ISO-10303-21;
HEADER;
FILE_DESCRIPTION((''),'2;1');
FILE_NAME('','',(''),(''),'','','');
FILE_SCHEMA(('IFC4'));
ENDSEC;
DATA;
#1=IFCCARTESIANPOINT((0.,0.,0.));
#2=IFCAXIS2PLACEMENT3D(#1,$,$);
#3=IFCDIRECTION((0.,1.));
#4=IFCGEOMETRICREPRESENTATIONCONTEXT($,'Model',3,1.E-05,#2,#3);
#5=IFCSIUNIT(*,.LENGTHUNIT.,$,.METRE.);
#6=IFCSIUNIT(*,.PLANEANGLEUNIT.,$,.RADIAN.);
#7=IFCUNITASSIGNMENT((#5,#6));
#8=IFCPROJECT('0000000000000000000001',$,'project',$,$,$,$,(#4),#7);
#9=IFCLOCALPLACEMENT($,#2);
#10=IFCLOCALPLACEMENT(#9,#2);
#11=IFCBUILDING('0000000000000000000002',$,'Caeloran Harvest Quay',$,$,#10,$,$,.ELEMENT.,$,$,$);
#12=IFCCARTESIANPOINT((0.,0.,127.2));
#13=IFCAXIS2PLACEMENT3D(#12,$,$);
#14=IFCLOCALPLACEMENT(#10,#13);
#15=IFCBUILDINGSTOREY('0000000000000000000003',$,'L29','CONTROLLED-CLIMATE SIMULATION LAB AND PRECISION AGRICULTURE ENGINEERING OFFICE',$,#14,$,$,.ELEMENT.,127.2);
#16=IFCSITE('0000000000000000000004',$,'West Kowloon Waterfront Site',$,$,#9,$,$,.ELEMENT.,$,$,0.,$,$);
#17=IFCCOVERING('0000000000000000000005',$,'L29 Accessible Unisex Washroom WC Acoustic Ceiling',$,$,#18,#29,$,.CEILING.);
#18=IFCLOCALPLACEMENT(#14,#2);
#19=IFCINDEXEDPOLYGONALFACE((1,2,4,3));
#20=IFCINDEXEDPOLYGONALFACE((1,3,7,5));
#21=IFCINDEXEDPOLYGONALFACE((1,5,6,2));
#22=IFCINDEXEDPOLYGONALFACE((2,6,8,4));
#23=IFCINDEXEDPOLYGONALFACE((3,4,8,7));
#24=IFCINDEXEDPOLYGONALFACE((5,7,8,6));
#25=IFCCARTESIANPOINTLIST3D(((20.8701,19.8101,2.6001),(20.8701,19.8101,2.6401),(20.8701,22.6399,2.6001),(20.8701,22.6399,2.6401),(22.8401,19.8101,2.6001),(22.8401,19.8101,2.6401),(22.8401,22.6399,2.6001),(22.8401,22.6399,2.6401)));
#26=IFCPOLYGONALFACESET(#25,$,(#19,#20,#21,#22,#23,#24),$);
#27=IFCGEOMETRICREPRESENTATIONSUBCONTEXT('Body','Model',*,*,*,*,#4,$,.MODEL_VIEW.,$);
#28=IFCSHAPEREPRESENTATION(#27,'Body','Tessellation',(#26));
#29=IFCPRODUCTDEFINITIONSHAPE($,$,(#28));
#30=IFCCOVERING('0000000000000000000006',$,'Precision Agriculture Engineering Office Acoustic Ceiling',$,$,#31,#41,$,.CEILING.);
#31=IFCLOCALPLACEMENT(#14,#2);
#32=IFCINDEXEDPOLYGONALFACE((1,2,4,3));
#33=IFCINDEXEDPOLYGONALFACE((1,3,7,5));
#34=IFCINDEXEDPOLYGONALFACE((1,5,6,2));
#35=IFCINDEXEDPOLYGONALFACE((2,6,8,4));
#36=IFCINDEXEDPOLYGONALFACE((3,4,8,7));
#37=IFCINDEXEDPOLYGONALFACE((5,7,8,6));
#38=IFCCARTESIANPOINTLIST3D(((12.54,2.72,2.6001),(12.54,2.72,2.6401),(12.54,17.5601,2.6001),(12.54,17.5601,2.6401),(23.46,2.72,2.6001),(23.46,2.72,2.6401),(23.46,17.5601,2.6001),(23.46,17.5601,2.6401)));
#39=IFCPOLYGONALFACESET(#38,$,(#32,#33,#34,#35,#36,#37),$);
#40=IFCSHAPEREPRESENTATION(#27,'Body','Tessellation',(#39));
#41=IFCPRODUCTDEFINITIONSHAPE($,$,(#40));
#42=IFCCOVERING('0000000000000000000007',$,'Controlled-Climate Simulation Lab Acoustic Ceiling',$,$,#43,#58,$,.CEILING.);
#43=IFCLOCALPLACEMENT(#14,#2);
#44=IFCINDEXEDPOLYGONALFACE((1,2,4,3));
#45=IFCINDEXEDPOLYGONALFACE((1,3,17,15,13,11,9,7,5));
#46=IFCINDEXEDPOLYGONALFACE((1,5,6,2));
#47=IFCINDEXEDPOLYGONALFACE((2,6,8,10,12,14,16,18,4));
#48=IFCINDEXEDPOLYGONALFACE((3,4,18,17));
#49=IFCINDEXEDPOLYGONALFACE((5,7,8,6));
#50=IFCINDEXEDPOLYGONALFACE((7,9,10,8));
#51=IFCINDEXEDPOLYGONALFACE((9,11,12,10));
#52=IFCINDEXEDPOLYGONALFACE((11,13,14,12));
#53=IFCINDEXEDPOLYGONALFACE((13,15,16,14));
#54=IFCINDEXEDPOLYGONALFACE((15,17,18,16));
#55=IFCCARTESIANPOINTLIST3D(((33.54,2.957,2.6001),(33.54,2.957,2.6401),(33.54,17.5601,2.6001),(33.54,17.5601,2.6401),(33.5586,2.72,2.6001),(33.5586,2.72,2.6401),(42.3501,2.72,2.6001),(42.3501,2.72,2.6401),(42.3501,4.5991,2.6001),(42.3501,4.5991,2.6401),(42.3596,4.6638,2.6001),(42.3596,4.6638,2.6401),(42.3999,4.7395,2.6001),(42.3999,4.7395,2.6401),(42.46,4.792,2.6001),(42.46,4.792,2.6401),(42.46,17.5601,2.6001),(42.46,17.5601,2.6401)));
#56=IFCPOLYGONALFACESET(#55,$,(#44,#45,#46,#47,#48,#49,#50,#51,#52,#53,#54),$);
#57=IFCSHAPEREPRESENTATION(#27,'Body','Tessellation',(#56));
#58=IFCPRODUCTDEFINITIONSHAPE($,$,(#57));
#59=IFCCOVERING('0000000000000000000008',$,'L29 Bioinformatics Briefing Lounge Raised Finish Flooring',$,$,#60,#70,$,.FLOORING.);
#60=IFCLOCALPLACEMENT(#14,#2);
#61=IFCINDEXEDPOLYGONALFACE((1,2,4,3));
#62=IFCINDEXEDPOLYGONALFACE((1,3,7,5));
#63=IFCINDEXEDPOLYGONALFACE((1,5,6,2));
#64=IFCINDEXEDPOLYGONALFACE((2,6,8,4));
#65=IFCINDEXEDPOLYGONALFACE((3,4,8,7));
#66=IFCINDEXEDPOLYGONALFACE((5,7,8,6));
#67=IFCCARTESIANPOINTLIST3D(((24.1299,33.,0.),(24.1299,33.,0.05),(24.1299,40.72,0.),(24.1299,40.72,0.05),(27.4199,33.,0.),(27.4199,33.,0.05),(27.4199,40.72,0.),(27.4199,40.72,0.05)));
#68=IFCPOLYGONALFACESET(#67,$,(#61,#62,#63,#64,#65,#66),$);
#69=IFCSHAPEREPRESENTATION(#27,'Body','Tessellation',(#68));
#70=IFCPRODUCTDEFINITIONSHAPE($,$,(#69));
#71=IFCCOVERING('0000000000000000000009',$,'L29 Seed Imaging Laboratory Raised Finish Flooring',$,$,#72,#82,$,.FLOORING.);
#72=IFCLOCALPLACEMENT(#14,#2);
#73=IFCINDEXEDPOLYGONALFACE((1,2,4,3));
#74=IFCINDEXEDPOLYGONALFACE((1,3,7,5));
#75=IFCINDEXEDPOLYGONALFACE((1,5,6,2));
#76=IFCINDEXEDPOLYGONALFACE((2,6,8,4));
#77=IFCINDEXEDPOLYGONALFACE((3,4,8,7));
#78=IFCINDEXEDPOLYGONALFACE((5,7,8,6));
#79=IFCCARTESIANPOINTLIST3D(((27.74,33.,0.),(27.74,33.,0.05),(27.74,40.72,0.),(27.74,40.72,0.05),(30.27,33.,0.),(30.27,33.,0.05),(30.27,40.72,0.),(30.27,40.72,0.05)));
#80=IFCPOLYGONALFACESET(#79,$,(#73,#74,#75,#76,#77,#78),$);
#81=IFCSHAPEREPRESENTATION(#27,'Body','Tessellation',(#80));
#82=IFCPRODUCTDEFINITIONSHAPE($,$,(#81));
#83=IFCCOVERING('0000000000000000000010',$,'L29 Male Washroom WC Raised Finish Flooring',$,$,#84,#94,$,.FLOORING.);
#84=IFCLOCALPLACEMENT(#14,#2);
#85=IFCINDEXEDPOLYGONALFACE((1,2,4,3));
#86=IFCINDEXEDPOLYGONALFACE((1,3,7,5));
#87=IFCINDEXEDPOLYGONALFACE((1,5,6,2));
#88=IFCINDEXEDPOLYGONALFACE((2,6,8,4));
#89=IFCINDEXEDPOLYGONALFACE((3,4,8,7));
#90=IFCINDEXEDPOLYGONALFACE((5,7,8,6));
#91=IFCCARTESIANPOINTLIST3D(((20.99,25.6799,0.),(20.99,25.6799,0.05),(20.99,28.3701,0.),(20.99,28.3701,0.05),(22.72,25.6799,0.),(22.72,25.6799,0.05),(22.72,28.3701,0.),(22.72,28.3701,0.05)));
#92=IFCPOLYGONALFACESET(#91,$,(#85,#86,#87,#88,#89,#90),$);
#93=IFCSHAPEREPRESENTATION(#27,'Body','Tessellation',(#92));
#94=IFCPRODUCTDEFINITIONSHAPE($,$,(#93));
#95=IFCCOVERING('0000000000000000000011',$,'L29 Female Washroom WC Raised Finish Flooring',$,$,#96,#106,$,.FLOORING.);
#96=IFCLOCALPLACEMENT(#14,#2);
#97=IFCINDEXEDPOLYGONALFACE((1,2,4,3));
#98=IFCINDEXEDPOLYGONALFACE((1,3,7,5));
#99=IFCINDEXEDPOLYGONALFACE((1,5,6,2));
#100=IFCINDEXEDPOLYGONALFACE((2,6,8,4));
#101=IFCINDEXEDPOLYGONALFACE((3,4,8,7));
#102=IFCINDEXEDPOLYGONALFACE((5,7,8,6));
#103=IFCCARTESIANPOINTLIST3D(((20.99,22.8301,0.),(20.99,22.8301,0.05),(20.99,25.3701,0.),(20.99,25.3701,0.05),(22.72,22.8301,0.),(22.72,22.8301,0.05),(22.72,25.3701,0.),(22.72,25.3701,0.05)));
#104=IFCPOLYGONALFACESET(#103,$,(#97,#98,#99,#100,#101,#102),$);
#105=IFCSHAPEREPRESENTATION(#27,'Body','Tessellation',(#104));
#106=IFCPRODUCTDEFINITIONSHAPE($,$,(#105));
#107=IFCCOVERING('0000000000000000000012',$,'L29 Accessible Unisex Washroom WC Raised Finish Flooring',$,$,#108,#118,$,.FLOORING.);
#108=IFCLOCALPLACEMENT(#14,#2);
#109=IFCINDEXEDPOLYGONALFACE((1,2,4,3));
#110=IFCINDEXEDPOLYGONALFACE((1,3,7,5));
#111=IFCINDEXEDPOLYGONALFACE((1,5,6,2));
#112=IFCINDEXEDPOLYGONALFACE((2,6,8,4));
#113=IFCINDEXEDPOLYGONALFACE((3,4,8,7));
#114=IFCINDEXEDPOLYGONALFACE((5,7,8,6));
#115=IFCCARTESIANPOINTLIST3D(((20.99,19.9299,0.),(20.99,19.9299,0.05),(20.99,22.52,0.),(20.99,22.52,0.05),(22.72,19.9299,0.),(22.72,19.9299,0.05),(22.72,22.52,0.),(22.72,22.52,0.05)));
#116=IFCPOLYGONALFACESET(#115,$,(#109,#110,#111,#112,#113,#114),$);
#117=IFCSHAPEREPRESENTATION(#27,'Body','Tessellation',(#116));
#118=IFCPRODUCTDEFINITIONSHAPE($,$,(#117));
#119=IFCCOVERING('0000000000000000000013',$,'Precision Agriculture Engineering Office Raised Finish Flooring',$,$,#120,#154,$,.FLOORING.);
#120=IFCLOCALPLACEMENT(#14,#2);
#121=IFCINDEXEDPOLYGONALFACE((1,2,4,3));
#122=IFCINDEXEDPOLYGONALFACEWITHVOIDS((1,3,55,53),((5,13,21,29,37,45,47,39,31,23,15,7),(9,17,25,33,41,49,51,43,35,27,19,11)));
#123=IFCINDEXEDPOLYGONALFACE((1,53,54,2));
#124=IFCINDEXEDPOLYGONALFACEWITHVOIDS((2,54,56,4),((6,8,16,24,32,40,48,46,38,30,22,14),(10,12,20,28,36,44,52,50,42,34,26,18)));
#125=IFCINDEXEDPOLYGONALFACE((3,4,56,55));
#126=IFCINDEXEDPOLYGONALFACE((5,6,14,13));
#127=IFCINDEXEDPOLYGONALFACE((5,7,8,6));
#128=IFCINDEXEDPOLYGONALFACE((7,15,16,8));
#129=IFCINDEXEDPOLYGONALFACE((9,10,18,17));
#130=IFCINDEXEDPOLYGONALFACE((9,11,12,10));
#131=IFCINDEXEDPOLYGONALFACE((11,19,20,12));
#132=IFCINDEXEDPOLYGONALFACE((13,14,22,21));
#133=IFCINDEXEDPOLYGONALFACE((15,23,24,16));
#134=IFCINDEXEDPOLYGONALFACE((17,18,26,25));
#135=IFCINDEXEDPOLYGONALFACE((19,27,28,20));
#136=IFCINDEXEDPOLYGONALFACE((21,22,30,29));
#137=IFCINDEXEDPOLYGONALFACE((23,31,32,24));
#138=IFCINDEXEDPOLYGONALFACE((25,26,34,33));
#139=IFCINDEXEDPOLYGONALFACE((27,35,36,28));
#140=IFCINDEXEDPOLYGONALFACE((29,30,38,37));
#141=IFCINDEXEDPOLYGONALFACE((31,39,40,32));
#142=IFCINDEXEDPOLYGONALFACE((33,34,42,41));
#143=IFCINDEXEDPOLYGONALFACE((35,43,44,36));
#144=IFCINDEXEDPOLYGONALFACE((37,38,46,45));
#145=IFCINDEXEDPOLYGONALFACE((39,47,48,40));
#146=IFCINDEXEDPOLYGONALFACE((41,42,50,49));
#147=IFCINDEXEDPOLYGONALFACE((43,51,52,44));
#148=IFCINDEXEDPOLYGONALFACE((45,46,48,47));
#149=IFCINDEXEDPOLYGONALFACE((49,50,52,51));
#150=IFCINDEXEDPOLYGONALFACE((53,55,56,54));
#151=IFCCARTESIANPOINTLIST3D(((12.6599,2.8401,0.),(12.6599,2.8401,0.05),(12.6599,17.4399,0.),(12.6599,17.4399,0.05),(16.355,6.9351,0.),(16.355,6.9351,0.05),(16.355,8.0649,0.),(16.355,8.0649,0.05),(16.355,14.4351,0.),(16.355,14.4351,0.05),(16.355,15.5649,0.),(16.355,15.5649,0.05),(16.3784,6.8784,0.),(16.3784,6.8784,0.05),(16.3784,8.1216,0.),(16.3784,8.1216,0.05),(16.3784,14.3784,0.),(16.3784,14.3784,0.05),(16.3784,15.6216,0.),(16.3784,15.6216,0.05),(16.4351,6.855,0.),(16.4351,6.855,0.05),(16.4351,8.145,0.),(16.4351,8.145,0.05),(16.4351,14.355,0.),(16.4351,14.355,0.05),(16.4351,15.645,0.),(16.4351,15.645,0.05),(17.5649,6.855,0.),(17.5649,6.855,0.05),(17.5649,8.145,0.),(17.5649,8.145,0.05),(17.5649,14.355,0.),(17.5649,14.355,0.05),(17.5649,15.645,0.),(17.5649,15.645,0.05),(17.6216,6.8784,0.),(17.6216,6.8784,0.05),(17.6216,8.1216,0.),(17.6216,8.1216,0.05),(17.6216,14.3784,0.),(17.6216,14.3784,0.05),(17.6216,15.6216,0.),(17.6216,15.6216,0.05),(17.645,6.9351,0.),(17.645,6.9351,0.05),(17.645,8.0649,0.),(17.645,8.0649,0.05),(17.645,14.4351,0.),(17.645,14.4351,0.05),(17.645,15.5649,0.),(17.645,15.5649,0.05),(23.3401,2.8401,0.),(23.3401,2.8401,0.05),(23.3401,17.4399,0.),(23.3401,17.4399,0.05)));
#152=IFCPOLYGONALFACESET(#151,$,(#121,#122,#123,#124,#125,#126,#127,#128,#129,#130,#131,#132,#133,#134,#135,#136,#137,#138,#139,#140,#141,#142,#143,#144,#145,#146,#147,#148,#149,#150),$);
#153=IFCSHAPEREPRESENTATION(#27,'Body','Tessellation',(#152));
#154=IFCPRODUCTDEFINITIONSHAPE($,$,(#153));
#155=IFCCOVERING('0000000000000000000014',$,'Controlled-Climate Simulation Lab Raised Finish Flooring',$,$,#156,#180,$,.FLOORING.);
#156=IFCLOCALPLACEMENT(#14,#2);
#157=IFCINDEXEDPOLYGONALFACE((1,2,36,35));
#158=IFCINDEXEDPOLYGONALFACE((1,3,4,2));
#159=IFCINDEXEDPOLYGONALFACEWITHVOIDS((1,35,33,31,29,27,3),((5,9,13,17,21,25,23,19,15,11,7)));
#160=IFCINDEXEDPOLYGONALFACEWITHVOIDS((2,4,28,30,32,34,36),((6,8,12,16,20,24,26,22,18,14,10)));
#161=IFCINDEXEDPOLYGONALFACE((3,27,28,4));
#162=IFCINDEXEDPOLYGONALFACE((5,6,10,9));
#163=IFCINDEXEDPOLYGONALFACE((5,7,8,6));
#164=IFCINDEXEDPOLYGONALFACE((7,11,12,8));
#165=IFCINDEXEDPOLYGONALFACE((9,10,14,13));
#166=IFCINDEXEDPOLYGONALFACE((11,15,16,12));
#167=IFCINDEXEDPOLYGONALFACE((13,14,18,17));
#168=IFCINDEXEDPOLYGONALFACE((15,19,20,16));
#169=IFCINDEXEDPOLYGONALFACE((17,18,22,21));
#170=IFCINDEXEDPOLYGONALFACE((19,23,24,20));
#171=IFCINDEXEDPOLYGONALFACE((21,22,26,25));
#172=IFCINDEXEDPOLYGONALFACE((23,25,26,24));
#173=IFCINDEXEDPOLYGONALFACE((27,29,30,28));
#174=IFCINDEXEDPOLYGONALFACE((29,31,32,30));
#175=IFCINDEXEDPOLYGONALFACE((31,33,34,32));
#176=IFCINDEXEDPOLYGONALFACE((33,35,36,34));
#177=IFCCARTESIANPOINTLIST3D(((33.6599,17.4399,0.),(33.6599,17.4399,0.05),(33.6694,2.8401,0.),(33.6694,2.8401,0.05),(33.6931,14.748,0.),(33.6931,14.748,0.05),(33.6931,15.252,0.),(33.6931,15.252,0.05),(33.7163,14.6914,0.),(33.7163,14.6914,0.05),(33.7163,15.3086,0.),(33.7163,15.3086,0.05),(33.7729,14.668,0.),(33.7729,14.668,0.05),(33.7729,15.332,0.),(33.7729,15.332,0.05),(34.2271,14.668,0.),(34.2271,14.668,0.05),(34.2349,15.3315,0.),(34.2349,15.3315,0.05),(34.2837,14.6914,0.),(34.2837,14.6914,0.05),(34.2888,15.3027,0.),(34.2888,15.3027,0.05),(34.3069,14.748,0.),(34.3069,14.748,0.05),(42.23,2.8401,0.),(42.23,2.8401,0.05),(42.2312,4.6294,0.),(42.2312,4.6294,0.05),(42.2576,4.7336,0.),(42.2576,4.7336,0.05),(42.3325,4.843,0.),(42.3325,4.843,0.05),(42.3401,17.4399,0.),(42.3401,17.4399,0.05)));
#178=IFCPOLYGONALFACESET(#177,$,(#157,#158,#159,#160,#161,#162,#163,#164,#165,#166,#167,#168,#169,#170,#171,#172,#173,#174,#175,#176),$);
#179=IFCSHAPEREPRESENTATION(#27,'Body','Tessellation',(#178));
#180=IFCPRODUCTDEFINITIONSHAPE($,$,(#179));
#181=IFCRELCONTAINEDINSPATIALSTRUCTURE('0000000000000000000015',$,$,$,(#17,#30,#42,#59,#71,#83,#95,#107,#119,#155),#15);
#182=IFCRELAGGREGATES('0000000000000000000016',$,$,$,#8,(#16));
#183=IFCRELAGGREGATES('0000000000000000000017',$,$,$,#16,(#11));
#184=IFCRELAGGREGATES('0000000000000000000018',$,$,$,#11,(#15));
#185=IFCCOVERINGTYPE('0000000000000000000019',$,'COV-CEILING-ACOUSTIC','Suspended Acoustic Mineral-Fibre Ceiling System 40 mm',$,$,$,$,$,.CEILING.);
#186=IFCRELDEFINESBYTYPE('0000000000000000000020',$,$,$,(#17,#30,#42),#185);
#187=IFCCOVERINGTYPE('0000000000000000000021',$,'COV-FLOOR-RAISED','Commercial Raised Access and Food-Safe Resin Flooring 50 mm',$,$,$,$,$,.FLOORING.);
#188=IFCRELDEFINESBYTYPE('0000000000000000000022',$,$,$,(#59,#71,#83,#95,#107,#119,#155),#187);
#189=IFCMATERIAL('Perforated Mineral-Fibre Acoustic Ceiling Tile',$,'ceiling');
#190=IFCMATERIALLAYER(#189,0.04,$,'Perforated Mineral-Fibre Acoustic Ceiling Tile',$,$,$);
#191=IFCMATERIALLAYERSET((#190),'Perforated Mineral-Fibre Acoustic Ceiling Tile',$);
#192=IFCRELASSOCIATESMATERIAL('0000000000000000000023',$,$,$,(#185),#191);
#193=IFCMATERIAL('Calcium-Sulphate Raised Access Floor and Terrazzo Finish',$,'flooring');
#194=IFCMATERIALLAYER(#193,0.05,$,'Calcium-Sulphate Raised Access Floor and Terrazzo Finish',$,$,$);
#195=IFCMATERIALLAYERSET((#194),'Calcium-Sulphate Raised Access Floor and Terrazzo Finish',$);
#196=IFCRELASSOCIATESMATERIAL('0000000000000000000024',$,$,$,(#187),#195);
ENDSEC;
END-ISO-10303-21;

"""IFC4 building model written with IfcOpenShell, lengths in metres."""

from ifc_helpers import new_model, si_unit, direction, frame, origin, place, context, subcontext, project, spatial, polyline, outline, extrude, material, layer, layer_set, type_object, element, save


model = new_model("IFC4")

# Units and contexts
model_context = context("Model", 3, precision=1e-05, world=origin(), true_north=direction((0.0, 1.0)))
body_context = subcontext(model_context, "Body", "Model", "MODEL_VIEW")
ifc_project = project(units=[si_unit("LENGTHUNIT", "METRE"), si_unit("PLANEANGLEUNIT", "RADIAN")], contexts=[model_context])

# Site, building, storey
site_placement = place(None, origin())
site = spatial("IfcSite", under=ifc_project, at=site_placement, Name="West Kowloon Waterfront Site", CompositionType="ELEMENT", RefElevation=0.0)
building_placement = place(site_placement, origin())
building = spatial("IfcBuilding", under=site, at=building_placement, Name="Caeloran Harvest Quay", CompositionType="ELEMENT")
storey_placement = place(building_placement, frame((0.0, 0.0, 127.2)))
storey = spatial("IfcBuildingStorey", under=building, at=storey_placement, Name="L29", Description="CONTROLLED-CLIMATE SIMULATION LAB AND PRECISION AGRICULTURE ENGINEERING OFFICE", CompositionType="ELEMENT", Elevation=127.2)

# Coverings
ifc_material_1 = material(Name="Perforated Mineral-Fibre Acoustic Ceiling Tile", Category="ceiling")
ifc_layer_1 = layer(ifc_material_1, 0.04, Name="Perforated Mineral-Fibre Acoustic Ceiling Tile")
ifc_layer_set_1 = layer_set([ifc_layer_1], Name="Perforated Mineral-Fibre Acoustic Ceiling Tile")
covering_type_1 = type_object("IfcCoveringType", Name="COV-CEILING-ACOUSTIC", Description="Suspended Acoustic Mineral-Fibre Ceiling System 40 mm", PredefinedType="CEILING", material=ifc_layer_set_1)
covering_1_placement = place(storey_placement, frame((0.0, 0.0, 2.6001)))
element("IfcCovering", 1, at=covering_1_placement, inside=storey, type_object=covering_type_1, Name="L29 Accessible Unisex Washroom WC Acoustic Ceiling", PredefinedType="CEILING", context=body_context, shape_type="SweptSolid", body=[
    extrude(outline(polyline([(22.8401, 19.8101), (20.8701, 19.8101), (20.8701, 22.6399), (22.8401, 22.6399), (22.8401, 19.8101)])), origin(), (0.0, 0.0, 1.0), 0.04),
])
covering_2_placement = place(storey_placement, frame((0.0, 0.0, 2.6001)))
element("IfcCovering", 2, at=covering_2_placement, inside=storey, type_object=covering_type_1, Name="Precision Agriculture Engineering Office Acoustic Ceiling", PredefinedType="CEILING", context=body_context, shape_type="SweptSolid", body=[
    extrude(outline(polyline([(23.46, 2.72), (12.54, 2.72), (12.54, 17.5601), (23.46, 17.5601), (23.46, 2.72)])), origin(), (0.0, 0.0, 1.0), 0.04),
])
covering_3_placement = place(storey_placement, frame((0.0, 0.0, 2.6001)))
element("IfcCovering", 3, at=covering_3_placement, inside=storey, type_object=covering_type_1, Name="Controlled-Climate Simulation Lab Acoustic Ceiling", PredefinedType="CEILING", context=body_context, shape_type="SweptSolid", body=[
    extrude(outline(polyline([(42.3999, 4.7395), (42.3596, 4.6638), (42.3501, 4.5991), (42.3501, 2.72), (33.5586, 2.72), (33.54, 2.957), (33.54, 17.5601), (42.46, 17.5601), (42.46, 4.792), (42.3999, 4.7395)])), origin(), (0.0, 0.0, 1.0), 0.04),
])
ifc_material_2 = material(Name="Calcium-Sulphate Raised Access Floor and Terrazzo Finish", Category="flooring")
ifc_layer_2 = layer(ifc_material_2, 0.05, Name="Calcium-Sulphate Raised Access Floor and Terrazzo Finish")
ifc_layer_set_2 = layer_set([ifc_layer_2], Name="Calcium-Sulphate Raised Access Floor and Terrazzo Finish")
covering_type_2 = type_object("IfcCoveringType", Name="COV-FLOOR-RAISED", Description="Commercial Raised Access and Food-Safe Resin Flooring 50 mm", PredefinedType="FLOORING", material=ifc_layer_set_2)
covering_4_placement = place(storey_placement, origin())
element("IfcCovering", 4, at=covering_4_placement, inside=storey, type_object=covering_type_2, Name="L29 Bioinformatics Briefing Lounge Raised Finish Flooring", PredefinedType="FLOORING", context=body_context, shape_type="SweptSolid", body=[
    extrude(outline(polyline([(27.4199, 40.72), (27.4199, 33.0), (24.1299, 33.0), (24.1299, 40.72), (27.4199, 40.72)])), origin(), (0.0, 0.0, 1.0), 0.05),
])
covering_5_placement = place(storey_placement, origin())
element("IfcCovering", 5, at=covering_5_placement, inside=storey, type_object=covering_type_2, Name="L29 Seed Imaging Laboratory Raised Finish Flooring", PredefinedType="FLOORING", context=body_context, shape_type="SweptSolid", body=[
    extrude(outline(polyline([(30.27, 40.72), (30.27, 33.0), (27.74, 33.0), (27.74, 40.72), (30.27, 40.72)])), origin(), (0.0, 0.0, 1.0), 0.05),
])
covering_6_placement = place(storey_placement, origin())
element("IfcCovering", 6, at=covering_6_placement, inside=storey, type_object=covering_type_2, Name="L29 Male Washroom WC Raised Finish Flooring", PredefinedType="FLOORING", context=body_context, shape_type="SweptSolid", body=[
    extrude(outline(polyline([(22.72, 25.6799), (20.99, 25.6799), (20.99, 28.3701), (22.72, 28.3701), (22.72, 25.6799)])), origin(), (0.0, 0.0, 1.0), 0.05),
])
covering_7_placement = place(storey_placement, origin())
element("IfcCovering", 7, at=covering_7_placement, inside=storey, type_object=covering_type_2, Name="L29 Female Washroom WC Raised Finish Flooring", PredefinedType="FLOORING", context=body_context, shape_type="SweptSolid", body=[
    extrude(outline(polyline([(22.72, 22.8301), (20.99, 22.8301), (20.99, 25.3701), (22.72, 25.3701), (22.72, 22.8301)])), origin(), (0.0, 0.0, 1.0), 0.05),
])
covering_8_placement = place(storey_placement, origin())
element("IfcCovering", 8, at=covering_8_placement, inside=storey, type_object=covering_type_2, Name="L29 Accessible Unisex Washroom WC Raised Finish Flooring", PredefinedType="FLOORING", context=body_context, shape_type="SweptSolid", body=[
    extrude(outline(polyline([(22.72, 19.9299), (20.99, 19.9299), (20.99, 22.52), (22.72, 22.52), (22.72, 19.9299)])), origin(), (0.0, 0.0, 1.0), 0.05),
])
covering_9_placement = place(storey_placement, origin())
element("IfcCovering", 9, at=covering_9_placement, inside=storey, type_object=covering_type_2, Name="Precision Agriculture Engineering Office Raised Finish Flooring", PredefinedType="FLOORING", context=body_context, shape_type="SweptSolid", body=[
    extrude(outline(polyline([(12.6599, 17.4399), (23.3401, 17.4399), (23.3401, 2.8401), (12.6599, 2.8401), (12.6599, 17.4399)]), holes=[polyline([(16.4351, 8.145), (16.3784, 8.1216), (16.355, 8.0649), (16.355, 6.9351), (16.3784, 6.8784), (16.4351, 6.855), (17.5649, 6.855), (17.6216, 6.8784), (17.645, 6.9351), (17.645, 8.0649), (17.6216, 8.1216), (17.5649, 8.145), (16.4351, 8.145)]), polyline([(16.4351, 15.645), (16.3784, 15.6216), (16.355, 15.5649), (16.355, 14.4351), (16.3784, 14.3784), (16.4351, 14.355), (17.5649, 14.355), (17.6216, 14.3784), (17.645, 14.4351), (17.645, 15.5649), (17.6216, 15.6216), (17.5649, 15.645), (16.4351, 15.645)])]), origin(), (0.0, 0.0, 1.0), 0.05),
])
covering_10_placement = place(storey_placement, origin())
element("IfcCovering", 10, at=covering_10_placement, inside=storey, type_object=covering_type_2, Name="Controlled-Climate Simulation Lab Raised Finish Flooring", PredefinedType="FLOORING", context=body_context, shape_type="SweptSolid", body=[
    extrude(outline(polyline([(42.3325, 4.843), (42.2576, 4.7336), (42.2312, 4.6294), (42.23, 2.8401), (33.6694, 2.8401), (33.6599, 17.4399), (42.3401, 17.4399), (42.3325, 4.843)]), holes=[polyline([(34.3069, 14.748), (34.2888, 15.3027), (34.2349, 15.3315), (33.7729, 15.332), (33.7163, 15.3086), (33.6931, 15.252), (33.6931, 14.748), (33.7163, 14.6914), (33.7729, 14.668), (34.2271, 14.668), (34.2837, 14.6914), (34.3069, 14.748)])]), origin(), (0.0, 0.0, 1.0), 0.05),
])

save(model, "model.ifc")
